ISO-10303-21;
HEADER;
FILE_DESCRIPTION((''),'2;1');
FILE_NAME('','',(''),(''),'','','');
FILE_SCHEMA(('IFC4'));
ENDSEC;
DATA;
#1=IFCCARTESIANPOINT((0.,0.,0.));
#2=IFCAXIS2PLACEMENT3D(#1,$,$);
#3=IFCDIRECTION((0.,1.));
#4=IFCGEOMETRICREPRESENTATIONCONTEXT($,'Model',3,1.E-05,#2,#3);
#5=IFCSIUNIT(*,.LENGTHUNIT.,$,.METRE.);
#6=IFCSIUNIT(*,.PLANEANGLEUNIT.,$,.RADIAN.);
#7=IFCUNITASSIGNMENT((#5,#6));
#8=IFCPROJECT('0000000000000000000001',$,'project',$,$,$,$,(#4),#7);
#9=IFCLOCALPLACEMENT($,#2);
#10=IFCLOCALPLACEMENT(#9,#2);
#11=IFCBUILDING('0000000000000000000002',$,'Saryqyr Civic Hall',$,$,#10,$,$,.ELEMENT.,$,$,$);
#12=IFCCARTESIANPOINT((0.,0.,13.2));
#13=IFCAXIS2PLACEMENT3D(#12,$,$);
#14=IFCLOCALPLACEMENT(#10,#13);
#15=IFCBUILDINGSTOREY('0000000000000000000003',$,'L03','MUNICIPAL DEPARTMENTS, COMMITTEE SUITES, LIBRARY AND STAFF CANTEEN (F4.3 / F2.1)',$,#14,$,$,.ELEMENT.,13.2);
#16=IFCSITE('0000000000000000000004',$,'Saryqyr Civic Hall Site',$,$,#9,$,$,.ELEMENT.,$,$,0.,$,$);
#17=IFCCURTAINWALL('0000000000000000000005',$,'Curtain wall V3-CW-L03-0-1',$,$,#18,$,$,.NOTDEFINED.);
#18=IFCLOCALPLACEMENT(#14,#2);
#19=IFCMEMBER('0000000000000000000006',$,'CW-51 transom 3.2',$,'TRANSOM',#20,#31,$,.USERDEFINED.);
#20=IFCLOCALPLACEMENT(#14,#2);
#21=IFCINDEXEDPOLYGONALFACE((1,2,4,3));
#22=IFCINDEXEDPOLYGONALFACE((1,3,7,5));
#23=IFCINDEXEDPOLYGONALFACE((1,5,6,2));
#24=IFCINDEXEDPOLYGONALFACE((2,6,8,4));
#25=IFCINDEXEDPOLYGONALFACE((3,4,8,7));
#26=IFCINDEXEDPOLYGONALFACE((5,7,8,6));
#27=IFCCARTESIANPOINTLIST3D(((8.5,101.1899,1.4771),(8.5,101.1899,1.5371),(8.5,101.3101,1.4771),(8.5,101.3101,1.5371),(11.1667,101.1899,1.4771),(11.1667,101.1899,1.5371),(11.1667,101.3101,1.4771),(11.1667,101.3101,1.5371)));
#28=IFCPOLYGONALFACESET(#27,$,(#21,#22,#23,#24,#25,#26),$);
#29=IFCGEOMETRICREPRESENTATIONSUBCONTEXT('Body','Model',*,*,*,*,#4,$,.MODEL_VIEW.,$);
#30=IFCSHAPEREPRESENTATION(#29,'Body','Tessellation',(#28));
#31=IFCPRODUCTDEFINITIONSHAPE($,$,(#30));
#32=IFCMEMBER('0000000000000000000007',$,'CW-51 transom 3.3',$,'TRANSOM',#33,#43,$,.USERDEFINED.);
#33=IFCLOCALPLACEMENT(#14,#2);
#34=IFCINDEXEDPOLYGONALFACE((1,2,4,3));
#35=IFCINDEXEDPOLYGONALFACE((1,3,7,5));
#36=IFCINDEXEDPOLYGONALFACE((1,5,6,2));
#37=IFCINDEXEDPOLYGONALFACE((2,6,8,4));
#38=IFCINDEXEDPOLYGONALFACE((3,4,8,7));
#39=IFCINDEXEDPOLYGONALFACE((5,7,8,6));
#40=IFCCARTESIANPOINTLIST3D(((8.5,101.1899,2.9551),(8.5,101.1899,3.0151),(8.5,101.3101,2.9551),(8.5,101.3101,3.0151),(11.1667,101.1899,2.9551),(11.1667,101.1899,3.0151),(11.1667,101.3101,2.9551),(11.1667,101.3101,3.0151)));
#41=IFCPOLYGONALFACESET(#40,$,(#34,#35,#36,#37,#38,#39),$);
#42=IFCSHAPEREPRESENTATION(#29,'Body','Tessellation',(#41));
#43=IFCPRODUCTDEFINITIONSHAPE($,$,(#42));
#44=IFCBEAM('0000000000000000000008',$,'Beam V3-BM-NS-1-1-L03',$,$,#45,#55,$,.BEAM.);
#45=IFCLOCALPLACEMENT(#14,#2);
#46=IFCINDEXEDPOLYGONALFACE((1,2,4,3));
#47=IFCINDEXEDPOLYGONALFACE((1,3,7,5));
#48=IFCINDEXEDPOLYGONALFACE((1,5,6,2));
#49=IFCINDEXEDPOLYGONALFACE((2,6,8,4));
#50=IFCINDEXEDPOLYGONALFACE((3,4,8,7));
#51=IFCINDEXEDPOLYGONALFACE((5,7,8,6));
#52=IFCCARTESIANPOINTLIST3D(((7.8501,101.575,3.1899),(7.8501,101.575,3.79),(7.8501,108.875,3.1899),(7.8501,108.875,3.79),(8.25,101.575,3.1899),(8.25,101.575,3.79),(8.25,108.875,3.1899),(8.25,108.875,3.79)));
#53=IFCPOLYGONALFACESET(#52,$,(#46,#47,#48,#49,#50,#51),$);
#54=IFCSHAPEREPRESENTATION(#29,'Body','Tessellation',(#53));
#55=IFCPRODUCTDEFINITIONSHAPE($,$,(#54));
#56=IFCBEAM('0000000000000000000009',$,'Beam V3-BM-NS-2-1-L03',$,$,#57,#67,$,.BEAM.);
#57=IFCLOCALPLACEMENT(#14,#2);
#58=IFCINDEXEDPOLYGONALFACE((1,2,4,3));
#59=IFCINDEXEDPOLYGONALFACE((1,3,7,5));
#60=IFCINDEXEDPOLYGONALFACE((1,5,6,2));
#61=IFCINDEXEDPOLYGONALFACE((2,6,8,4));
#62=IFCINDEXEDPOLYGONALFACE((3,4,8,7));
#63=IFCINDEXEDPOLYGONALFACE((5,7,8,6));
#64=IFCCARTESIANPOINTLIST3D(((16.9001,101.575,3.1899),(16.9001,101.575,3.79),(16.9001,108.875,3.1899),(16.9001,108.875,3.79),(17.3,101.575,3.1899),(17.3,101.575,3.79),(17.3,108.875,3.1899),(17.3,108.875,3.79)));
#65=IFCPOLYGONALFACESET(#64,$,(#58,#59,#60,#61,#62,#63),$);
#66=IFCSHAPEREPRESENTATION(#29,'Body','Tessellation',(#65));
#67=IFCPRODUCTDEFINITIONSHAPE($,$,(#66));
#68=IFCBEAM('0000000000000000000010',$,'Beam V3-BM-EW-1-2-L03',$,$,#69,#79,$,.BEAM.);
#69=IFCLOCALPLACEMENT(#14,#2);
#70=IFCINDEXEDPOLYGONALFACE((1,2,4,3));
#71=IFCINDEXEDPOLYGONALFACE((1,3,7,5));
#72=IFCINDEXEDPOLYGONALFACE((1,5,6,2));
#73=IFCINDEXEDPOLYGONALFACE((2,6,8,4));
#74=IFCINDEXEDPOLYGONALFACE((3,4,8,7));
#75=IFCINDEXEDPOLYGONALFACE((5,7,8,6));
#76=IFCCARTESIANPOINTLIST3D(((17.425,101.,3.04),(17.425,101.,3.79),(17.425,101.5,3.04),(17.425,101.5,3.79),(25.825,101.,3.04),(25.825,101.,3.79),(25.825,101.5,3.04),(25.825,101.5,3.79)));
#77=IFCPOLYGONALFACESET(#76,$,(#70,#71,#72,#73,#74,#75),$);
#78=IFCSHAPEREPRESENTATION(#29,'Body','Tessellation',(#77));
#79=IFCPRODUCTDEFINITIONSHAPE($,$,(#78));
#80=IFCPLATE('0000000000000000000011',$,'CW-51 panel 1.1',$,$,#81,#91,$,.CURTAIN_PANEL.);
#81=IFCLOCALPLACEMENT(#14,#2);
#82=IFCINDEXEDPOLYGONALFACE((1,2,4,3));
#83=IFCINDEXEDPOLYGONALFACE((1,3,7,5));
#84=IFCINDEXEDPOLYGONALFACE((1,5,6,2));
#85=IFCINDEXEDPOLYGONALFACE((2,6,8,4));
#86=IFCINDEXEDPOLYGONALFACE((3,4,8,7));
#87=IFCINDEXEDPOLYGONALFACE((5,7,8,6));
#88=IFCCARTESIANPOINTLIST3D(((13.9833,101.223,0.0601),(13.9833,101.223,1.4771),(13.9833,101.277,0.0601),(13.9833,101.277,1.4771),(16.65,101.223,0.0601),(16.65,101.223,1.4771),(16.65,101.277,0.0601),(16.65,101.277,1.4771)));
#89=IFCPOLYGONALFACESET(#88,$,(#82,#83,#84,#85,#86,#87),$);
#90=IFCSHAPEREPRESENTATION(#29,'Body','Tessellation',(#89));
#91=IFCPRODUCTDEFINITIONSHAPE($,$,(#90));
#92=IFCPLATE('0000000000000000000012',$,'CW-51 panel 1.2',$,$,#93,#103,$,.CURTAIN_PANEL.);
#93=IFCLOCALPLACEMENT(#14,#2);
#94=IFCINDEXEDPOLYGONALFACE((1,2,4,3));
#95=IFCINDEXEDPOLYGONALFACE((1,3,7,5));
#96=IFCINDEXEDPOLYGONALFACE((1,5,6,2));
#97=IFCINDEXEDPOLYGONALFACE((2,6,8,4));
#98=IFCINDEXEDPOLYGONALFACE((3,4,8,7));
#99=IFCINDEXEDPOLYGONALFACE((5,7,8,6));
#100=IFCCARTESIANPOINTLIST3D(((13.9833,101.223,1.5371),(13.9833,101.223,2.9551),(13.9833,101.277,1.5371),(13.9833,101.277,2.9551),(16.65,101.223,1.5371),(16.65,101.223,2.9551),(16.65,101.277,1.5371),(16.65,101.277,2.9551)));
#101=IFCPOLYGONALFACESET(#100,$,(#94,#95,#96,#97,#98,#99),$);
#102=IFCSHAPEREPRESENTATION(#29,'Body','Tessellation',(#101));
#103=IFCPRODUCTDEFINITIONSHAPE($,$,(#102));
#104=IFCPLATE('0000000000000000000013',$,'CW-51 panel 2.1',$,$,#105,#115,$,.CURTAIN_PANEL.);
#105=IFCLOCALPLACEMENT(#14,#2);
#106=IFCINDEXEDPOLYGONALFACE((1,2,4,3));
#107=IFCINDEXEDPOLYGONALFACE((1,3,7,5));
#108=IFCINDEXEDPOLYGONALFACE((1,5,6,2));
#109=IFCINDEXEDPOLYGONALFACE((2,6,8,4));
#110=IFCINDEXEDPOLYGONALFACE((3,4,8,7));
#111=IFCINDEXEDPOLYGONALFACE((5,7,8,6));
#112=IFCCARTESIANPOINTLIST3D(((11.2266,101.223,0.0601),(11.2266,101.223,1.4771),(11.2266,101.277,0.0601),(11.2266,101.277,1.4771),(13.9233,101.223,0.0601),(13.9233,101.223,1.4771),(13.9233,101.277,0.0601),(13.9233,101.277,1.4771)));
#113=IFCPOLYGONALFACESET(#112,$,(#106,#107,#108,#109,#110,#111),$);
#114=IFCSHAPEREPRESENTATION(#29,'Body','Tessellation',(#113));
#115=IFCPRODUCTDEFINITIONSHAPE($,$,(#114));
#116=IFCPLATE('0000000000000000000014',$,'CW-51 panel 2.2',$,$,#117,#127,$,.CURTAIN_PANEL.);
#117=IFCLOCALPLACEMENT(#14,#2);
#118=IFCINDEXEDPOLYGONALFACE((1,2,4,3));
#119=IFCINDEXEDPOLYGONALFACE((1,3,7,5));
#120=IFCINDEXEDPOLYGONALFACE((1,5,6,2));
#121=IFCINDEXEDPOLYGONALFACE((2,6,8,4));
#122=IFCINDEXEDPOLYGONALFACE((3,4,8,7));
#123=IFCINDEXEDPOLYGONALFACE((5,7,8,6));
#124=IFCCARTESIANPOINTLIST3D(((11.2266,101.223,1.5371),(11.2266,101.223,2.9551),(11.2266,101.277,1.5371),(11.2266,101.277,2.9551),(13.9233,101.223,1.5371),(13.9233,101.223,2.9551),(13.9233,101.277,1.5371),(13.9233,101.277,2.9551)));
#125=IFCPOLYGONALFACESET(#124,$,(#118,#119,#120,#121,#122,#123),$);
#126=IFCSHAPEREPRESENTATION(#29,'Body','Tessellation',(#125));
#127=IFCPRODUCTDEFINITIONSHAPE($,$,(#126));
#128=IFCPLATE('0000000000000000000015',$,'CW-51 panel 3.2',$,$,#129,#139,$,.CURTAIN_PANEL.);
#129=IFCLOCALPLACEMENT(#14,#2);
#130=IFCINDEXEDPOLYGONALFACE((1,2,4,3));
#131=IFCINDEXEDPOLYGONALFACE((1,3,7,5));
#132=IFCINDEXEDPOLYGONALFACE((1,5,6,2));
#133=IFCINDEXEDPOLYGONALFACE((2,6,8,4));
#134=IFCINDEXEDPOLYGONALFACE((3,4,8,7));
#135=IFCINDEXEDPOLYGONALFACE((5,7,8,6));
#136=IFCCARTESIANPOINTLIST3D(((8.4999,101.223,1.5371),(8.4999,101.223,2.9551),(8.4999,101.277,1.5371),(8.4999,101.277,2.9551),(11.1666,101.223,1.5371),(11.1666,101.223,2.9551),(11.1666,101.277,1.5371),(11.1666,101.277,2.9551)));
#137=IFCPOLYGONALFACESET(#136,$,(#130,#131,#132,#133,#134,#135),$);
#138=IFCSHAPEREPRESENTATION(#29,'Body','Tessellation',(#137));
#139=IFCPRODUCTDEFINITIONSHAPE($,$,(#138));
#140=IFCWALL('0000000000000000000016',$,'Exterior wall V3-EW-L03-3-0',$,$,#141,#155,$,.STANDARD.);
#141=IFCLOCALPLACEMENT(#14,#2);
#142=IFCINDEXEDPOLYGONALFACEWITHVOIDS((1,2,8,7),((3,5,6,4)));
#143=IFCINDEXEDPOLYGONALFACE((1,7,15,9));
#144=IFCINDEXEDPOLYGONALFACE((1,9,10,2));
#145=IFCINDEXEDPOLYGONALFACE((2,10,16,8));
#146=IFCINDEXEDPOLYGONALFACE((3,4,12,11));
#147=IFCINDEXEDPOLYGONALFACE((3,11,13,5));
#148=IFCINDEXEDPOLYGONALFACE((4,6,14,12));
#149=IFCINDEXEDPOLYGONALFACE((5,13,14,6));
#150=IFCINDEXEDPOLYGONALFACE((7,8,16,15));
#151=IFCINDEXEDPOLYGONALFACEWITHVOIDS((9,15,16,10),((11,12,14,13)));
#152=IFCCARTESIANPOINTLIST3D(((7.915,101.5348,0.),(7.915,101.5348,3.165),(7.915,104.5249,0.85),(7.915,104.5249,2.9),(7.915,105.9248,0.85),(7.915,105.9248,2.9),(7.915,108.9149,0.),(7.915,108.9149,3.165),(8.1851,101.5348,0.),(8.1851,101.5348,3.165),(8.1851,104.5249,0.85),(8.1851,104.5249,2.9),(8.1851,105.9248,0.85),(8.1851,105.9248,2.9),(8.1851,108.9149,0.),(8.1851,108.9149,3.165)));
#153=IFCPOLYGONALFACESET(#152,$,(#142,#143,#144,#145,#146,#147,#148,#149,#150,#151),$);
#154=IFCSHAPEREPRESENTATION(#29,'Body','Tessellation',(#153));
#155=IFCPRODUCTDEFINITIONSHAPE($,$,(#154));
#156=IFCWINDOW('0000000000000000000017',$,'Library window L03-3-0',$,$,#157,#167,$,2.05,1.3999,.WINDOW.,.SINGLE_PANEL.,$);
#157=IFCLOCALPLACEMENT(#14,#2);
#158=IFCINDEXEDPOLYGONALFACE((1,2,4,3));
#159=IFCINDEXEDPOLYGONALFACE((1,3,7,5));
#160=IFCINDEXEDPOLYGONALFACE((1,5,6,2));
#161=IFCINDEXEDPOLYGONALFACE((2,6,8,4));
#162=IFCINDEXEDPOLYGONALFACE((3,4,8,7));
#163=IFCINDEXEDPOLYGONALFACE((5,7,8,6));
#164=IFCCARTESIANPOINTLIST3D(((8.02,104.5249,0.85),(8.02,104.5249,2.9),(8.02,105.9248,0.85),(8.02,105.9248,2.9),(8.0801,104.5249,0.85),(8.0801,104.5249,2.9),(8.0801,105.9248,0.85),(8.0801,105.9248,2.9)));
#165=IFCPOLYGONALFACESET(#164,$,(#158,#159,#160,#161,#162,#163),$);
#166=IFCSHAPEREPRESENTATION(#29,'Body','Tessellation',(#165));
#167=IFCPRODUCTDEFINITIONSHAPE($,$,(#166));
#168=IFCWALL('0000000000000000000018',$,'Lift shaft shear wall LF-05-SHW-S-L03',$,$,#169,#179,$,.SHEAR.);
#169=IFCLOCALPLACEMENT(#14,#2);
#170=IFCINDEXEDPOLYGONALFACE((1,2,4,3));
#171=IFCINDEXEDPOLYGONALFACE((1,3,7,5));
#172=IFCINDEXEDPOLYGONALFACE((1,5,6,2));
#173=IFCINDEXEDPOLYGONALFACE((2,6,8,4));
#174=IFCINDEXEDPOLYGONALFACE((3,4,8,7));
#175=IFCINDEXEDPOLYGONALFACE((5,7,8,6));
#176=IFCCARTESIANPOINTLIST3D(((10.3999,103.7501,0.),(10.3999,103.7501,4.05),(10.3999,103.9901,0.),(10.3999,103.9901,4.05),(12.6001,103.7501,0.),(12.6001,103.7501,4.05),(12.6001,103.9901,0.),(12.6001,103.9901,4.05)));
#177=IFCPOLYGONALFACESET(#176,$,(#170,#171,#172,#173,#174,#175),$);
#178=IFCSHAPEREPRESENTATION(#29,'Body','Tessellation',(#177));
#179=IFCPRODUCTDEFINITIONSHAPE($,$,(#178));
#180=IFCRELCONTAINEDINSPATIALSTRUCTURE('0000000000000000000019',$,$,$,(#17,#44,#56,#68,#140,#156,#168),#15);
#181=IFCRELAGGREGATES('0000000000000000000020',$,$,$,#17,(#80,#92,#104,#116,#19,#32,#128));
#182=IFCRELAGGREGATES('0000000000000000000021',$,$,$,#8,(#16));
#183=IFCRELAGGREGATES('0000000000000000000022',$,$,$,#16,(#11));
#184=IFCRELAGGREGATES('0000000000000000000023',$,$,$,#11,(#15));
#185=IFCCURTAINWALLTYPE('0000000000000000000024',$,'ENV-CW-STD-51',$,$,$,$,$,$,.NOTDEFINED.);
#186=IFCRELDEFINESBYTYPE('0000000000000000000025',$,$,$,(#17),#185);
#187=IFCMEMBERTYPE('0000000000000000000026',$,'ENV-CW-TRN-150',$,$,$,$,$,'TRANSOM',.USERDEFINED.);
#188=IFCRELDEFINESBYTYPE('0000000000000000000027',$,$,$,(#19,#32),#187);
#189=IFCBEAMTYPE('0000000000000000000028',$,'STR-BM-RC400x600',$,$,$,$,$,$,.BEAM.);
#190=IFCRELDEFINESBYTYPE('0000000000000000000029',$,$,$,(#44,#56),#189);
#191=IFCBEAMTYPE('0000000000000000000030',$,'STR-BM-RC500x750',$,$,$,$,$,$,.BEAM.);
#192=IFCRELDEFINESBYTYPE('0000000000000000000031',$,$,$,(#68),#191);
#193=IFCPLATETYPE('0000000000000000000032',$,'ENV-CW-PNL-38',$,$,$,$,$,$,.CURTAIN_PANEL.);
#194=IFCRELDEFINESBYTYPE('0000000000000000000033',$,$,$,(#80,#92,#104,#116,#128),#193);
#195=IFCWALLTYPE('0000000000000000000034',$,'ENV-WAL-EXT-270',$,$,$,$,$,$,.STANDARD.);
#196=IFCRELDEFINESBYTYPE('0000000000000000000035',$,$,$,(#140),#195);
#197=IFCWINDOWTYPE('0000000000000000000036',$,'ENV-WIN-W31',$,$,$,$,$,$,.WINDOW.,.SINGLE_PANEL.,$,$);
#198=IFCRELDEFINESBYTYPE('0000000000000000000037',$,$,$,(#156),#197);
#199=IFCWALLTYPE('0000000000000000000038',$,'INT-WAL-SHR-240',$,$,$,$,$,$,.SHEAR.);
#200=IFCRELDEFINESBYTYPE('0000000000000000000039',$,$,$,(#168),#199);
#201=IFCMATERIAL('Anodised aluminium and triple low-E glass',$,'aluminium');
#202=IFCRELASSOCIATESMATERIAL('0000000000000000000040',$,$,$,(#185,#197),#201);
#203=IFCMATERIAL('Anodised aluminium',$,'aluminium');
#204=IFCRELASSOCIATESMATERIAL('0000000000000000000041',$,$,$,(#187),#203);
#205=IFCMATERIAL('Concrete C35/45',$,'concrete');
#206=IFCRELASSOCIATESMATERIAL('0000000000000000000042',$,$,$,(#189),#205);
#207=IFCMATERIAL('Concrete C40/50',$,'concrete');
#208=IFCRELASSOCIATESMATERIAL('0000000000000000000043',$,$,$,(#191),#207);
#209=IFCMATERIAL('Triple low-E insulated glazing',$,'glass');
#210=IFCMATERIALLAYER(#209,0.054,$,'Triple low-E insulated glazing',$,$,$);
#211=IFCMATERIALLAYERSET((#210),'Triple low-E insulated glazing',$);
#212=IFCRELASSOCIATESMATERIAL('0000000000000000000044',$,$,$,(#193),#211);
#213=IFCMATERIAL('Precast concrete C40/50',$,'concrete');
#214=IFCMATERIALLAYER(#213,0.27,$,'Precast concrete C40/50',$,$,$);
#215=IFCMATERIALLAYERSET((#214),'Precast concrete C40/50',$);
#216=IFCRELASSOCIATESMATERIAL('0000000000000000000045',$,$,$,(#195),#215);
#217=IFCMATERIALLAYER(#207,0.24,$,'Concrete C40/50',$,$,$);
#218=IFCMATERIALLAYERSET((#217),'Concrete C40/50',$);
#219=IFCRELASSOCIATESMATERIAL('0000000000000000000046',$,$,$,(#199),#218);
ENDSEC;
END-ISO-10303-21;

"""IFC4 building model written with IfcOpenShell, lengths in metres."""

from ifc_helpers import new_model, si_unit, direction, frame, frame_2d, origin, origin_2d, place, context, subcontext, project, spatial, rectangle, extrude, material, layer, layer_set, material_profile, profile_set, type_object, element, fill, aggregate, save


model = new_model("IFC4")

# Units and contexts
model_context = context("Model", 3, precision=1e-05, world=origin(), true_north=direction((0.0, 1.0)))
body_context = subcontext(model_context, "Body", "Model", "MODEL_VIEW")
ifc_project = project(units=[si_unit("LENGTHUNIT", "METRE"), si_unit("PLANEANGLEUNIT", "RADIAN")], contexts=[model_context])

# Site, building, storey
site_placement = place(None, origin())
site = spatial("IfcSite", under=ifc_project, at=site_placement, Name="Saryqyr Civic Hall Site", CompositionType="ELEMENT", RefElevation=0.0)
building_placement = place(site_placement, origin())
building = spatial("IfcBuilding", under=site, at=building_placement, Name="Saryqyr Civic Hall", CompositionType="ELEMENT")
storey_placement = place(building_placement, frame((0.0, 0.0, 13.2)))
storey = spatial("IfcBuildingStorey", under=building, at=storey_placement, Name="L03", Description="MUNICIPAL DEPARTMENTS, COMMITTEE SUITES, LIBRARY AND STAFF CANTEEN (F4.3 / F2.1)", CompositionType="ELEMENT", Elevation=13.2)

# Shared definitions
ifc_material_1 = material(Name="Concrete C40/50", Category="concrete")

# Curtain wall, members
ifc_material_2 = material(Name="Anodised aluminium and triple low-E glass", Category="aluminium")
curtain_wall_type = type_object("IfcCurtainWallType", Name="ENV-CW-STD-51", PredefinedType="NOTDEFINED", material=ifc_material_2)
curtain_wall_placement = place(storey_placement, origin())
curtain_wall = element("IfcCurtainWall", 1, at=curtain_wall_placement, inside=storey, type_object=curtain_wall_type, Name="Curtain wall V3-CW-L03-0-1", PredefinedType="NOTDEFINED")
ifc_material_3 = material(Name="Anodised aluminium", Category="aluminium")
ifc_material_profile_1 = material_profile(ifc_material_3, rectangle(XDim=0.1201, YDim=0.0601, at=origin_2d()), Name="ALU TRANSOM 120x60")
ifc_profile_set_1 = profile_set([ifc_material_profile_1], Name="Anodised aluminium")
member_type_1 = type_object("IfcMemberType", Name="ENV-CW-TRN-150", ElementType="TRANSOM", PredefinedType="USERDEFINED", material=ifc_profile_set_1)
member_1_placement = place(storey_placement, frame((11.1667, 101.25, 1.5071), z_axis=(-1.0, 0.0, 0.0), x_axis=(0.0, -1.0, 0.0)))
member_1 = element("IfcMember", 2, at=member_1_placement, type_object=member_type_1, Name="CW-51 transom 3.2", ObjectType="TRANSOM", PredefinedType="USERDEFINED", context=body_context, shape_type="SweptSolid", body=[
    extrude(rectangle(XDim=0.1201, YDim=0.0601, at=origin_2d()), origin(), (0.0, 0.0, 1.0), 2.6667),
])
member_2_placement = place(storey_placement, frame((11.1667, 101.25, 2.9851), z_axis=(-1.0, 0.0, 0.0), x_axis=(0.0, -1.0, 0.0)))
member_2 = element("IfcMember", 3, at=member_2_placement, type_object=member_type_1, Name="CW-51 transom 3.3", ObjectType="TRANSOM", PredefinedType="USERDEFINED", context=body_context, shape_type="SweptSolid", body=[
    extrude(rectangle(XDim=0.1201, YDim=0.0601, at=origin_2d()), origin(), (0.0, 0.0, 1.0), 2.6667),
])

# Beams
ifc_material_4 = material(Name="Concrete C35/45", Category="concrete")
ifc_material_profile_2 = material_profile(ifc_material_4, rectangle(XDim=0.3999, YDim=0.6001, at=origin_2d()), Name="RC 400x600")
ifc_profile_set_2 = profile_set([ifc_material_profile_2], Name="Concrete C35/45")
beam_type_1 = type_object("IfcBeamType", Name="STR-BM-RC400x600", PredefinedType="BEAM", material=ifc_profile_set_2)
for number, where, z_axis, x_axis, name in (
    (4, (8.05, 101.575, 3.49), (0.0, 1.0, 0.0), (-1.0, 0.0, 0.0), "Beam V3-BM-NS-1-1-L03"),
    (5, (17.1001, 101.575, 3.49), (0.0, 1.0, 0.0), (-1.0, 0.0, 0.0), "Beam V3-BM-NS-2-1-L03"),
):
    element("IfcBeam", number, at=place(storey_placement, frame(where, z_axis=z_axis, x_axis=x_axis)), inside=storey, type_object=beam_type_1, Name=name, PredefinedType="BEAM", context=body_context, shape_type="SweptSolid", body=[
        extrude(rectangle(XDim=0.3999, YDim=0.6001, at=origin_2d()), origin(), (0.0, 0.0, 1.0), 7.3),
    ])
ifc_material_profile_3 = material_profile(ifc_material_1, rectangle(XDim=0.5, YDim=0.75, at=origin_2d()), Name="RC 500x750")
ifc_profile_set_3 = profile_set([ifc_material_profile_3], Name="Concrete C40/50")
beam_type_2 = type_object("IfcBeamType", Name="STR-BM-RC500x750", PredefinedType="BEAM", material=ifc_profile_set_3)
beam_placement = place(storey_placement, frame((17.425, 101.25, 3.415), z_axis=(1.0, 0.0, 0.0), x_axis=(0.0, 1.0, 0.0)))
element("IfcBeam", 6, at=beam_placement, inside=storey, type_object=beam_type_2, Name="Beam V3-BM-EW-1-2-L03", PredefinedType="BEAM", context=body_context, shape_type="SweptSolid", body=[
    extrude(rectangle(XDim=0.5, YDim=0.75, at=origin_2d()), origin(), (0.0, 0.0, 1.0), 8.3999),
])

# Plates
ifc_material_5 = material(Name="Triple low-E insulated glazing", Category="glass")
ifc_layer_1 = layer(ifc_material_5, 0.054, Name="Triple low-E insulated glazing")
ifc_layer_set_1 = layer_set([ifc_layer_1], Name="Triple low-E insulated glazing")
plate_type = type_object("IfcPlateType", Name="ENV-CW-PNL-38", PredefinedType="CURTAIN_PANEL", material=ifc_layer_set_1)
plate_1_placement = place(storey_placement, frame((15.3167, 101.25, 0.0601), z_axis=(0.0, 0.0, 1.0), x_axis=(-1.0, 0.0, 0.0)))
plate_1 = element("IfcPlate", 7, at=plate_1_placement, type_object=plate_type, Name="CW-51 panel 1.1", PredefinedType="CURTAIN_PANEL", context=body_context, shape_type="SweptSolid", body=[
    extrude(rectangle(XDim=2.6667, YDim=0.054, at=origin_2d()), origin(), (0.0, 0.0, 1.0), 1.417),
])
plate_2_placement = place(storey_placement, frame((15.3167, 101.25, 1.5371), z_axis=(0.0, 0.0, 1.0), x_axis=(-1.0, 0.0, 0.0)))
plate_2 = element("IfcPlate", 8, at=plate_2_placement, type_object=plate_type, Name="CW-51 panel 1.2", PredefinedType="CURTAIN_PANEL", context=body_context, shape_type="SweptSolid", body=[
    extrude(rectangle(XDim=2.6667, YDim=0.054, at=origin_2d()), origin(), (0.0, 0.0, 1.0), 1.418),
])
plate_3_placement = place(storey_placement, frame((12.575, 101.25, 0.0601), z_axis=(0.0, 0.0, 1.0), x_axis=(-1.0, 0.0, 0.0)))
plate_3 = element("IfcPlate", 9, at=plate_3_placement, type_object=plate_type, Name="CW-51 panel 2.1", PredefinedType="CURTAIN_PANEL", context=body_context, shape_type="SweptSolid", body=[
    extrude(rectangle(XDim=2.6968, YDim=0.054, at=origin_2d()), origin(), (0.0, 0.0, 1.0), 1.417),
])
plate_4_placement = place(storey_placement, frame((12.575, 101.25, 1.5371), z_axis=(0.0, 0.0, 1.0), x_axis=(-1.0, 0.0, 0.0)))
plate_4 = element("IfcPlate", 10, at=plate_4_placement, type_object=plate_type, Name="CW-51 panel 2.2", PredefinedType="CURTAIN_PANEL", context=body_context, shape_type="SweptSolid", body=[
    extrude(rectangle(XDim=2.6968, YDim=0.054, at=origin_2d()), origin(), (0.0, 0.0, 1.0), 1.418),
])
plate_5_placement = place(storey_placement, frame((9.8333, 101.25, 1.5371), z_axis=(0.0, 0.0, 1.0), x_axis=(-1.0, 0.0, 0.0)))
plate_5 = element("IfcPlate", 11, at=plate_5_placement, type_object=plate_type, Name="CW-51 panel 3.2", PredefinedType="CURTAIN_PANEL", context=body_context, shape_type="SweptSolid", body=[
    extrude(rectangle(XDim=2.6667, YDim=0.054, at=origin_2d()), origin(), (0.0, 0.0, 1.0), 1.418),
])
aggregate(curtain_wall, [plate_1, plate_2, plate_3, plate_4, member_1, member_2, plate_5])

# Wall, opening, window
ifc_material_6 = material(Name="Precast concrete C40/50", Category="concrete")
ifc_layer_2 = layer(ifc_material_6, 0.27, Name="Precast concrete C40/50")
ifc_layer_set_2 = layer_set([ifc_layer_2], Name="Precast concrete C40/50")
wall_type_1 = type_object("IfcWallType", Name="ENV-WAL-EXT-270", PredefinedType="STANDARD", material=ifc_layer_set_2)
wall_1_placement = place(storey_placement, frame((8.05, 101.5349, 0.0), z_axis=(0.0, 0.0, 1.0), x_axis=(0.0, 1.0, 0.0)))
wall_1 = element("IfcWall", 12, at=wall_1_placement, inside=storey, type_object=wall_type_1, Name="Exterior wall V3-EW-L03-3-0", PredefinedType="STANDARD", context=body_context, shape_type="SweptSolid", body=[
    extrude(rectangle(XDim=7.3801, YDim=0.27, at=frame_2d((3.6899, 0.0))), origin(), (0.0, 0.0, 1.0), 3.165),
])
opening_placement = place(wall_1_placement, frame((2.99, 0.0, 0.8501)))
opening = element("IfcOpeningElement", 13, at=opening_placement, cuts=wall_1, PredefinedType="OPENING", context=body_context, shape_type="SweptSolid", body=[
    extrude(rectangle(XDim=1.3999, YDim=2.05, at=frame_2d((0.7, 1.0249))), frame((0.0, 0.145, 0.0), z_axis=(0.0, -1.0, 0.0), x_axis=(1.0, 0.0, 0.0)), (0.0, 0.0, 1.0), 0.29),
])
window_type = type_object("IfcWindowType", Name="ENV-WIN-W31", PartitioningType="SINGLE_PANEL", PredefinedType="WINDOW", material=ifc_material_2)
window_placement = place(opening_placement, origin())
window = element("IfcWindow", 14, at=window_placement, inside=storey, type_object=window_type, Name="Library window L03-3-0", OverallHeight=2.05, OverallWidth=1.3999, PartitioningType="SINGLE_PANEL", PredefinedType="WINDOW", context=body_context, shape_type="SweptSolid", body=[
    extrude(rectangle(XDim=1.3999, YDim=2.05, at=frame_2d((0.7, 1.0249))), frame((0.0, 0.03, 0.0), z_axis=(0.0, -1.0, 0.0), x_axis=(1.0, 0.0, 0.0)), (0.0, 0.0, 1.0), 0.0601),
])
fill(opening, window)

# Wall
ifc_layer_3 = layer(ifc_material_1, 0.24, Name="Concrete C40/50")
ifc_layer_set_3 = layer_set([ifc_layer_3], Name="Concrete C40/50")
wall_type_2 = type_object("IfcWallType", Name="INT-WAL-SHR-240", PredefinedType="SHEAR", material=ifc_layer_set_3)
wall_2_placement = place(storey_placement, frame((12.6001, 103.8701, 0.0), z_axis=(0.0, 0.0, 1.0), x_axis=(-1.0, 0.0, 0.0)))
element("IfcWall", 15, at=wall_2_placement, inside=storey, type_object=wall_type_2, Name="Lift shaft shear wall LF-05-SHW-S-L03", PredefinedType="SHEAR", context=body_context, shape_type="SweptSolid", body=[
    extrude(rectangle(XDim=2.2002, YDim=0.24, at=frame_2d((1.1001, 0.0))), origin(), (0.0, 0.0, 1.0), 4.05),
])

save(model, "model.ifc")
